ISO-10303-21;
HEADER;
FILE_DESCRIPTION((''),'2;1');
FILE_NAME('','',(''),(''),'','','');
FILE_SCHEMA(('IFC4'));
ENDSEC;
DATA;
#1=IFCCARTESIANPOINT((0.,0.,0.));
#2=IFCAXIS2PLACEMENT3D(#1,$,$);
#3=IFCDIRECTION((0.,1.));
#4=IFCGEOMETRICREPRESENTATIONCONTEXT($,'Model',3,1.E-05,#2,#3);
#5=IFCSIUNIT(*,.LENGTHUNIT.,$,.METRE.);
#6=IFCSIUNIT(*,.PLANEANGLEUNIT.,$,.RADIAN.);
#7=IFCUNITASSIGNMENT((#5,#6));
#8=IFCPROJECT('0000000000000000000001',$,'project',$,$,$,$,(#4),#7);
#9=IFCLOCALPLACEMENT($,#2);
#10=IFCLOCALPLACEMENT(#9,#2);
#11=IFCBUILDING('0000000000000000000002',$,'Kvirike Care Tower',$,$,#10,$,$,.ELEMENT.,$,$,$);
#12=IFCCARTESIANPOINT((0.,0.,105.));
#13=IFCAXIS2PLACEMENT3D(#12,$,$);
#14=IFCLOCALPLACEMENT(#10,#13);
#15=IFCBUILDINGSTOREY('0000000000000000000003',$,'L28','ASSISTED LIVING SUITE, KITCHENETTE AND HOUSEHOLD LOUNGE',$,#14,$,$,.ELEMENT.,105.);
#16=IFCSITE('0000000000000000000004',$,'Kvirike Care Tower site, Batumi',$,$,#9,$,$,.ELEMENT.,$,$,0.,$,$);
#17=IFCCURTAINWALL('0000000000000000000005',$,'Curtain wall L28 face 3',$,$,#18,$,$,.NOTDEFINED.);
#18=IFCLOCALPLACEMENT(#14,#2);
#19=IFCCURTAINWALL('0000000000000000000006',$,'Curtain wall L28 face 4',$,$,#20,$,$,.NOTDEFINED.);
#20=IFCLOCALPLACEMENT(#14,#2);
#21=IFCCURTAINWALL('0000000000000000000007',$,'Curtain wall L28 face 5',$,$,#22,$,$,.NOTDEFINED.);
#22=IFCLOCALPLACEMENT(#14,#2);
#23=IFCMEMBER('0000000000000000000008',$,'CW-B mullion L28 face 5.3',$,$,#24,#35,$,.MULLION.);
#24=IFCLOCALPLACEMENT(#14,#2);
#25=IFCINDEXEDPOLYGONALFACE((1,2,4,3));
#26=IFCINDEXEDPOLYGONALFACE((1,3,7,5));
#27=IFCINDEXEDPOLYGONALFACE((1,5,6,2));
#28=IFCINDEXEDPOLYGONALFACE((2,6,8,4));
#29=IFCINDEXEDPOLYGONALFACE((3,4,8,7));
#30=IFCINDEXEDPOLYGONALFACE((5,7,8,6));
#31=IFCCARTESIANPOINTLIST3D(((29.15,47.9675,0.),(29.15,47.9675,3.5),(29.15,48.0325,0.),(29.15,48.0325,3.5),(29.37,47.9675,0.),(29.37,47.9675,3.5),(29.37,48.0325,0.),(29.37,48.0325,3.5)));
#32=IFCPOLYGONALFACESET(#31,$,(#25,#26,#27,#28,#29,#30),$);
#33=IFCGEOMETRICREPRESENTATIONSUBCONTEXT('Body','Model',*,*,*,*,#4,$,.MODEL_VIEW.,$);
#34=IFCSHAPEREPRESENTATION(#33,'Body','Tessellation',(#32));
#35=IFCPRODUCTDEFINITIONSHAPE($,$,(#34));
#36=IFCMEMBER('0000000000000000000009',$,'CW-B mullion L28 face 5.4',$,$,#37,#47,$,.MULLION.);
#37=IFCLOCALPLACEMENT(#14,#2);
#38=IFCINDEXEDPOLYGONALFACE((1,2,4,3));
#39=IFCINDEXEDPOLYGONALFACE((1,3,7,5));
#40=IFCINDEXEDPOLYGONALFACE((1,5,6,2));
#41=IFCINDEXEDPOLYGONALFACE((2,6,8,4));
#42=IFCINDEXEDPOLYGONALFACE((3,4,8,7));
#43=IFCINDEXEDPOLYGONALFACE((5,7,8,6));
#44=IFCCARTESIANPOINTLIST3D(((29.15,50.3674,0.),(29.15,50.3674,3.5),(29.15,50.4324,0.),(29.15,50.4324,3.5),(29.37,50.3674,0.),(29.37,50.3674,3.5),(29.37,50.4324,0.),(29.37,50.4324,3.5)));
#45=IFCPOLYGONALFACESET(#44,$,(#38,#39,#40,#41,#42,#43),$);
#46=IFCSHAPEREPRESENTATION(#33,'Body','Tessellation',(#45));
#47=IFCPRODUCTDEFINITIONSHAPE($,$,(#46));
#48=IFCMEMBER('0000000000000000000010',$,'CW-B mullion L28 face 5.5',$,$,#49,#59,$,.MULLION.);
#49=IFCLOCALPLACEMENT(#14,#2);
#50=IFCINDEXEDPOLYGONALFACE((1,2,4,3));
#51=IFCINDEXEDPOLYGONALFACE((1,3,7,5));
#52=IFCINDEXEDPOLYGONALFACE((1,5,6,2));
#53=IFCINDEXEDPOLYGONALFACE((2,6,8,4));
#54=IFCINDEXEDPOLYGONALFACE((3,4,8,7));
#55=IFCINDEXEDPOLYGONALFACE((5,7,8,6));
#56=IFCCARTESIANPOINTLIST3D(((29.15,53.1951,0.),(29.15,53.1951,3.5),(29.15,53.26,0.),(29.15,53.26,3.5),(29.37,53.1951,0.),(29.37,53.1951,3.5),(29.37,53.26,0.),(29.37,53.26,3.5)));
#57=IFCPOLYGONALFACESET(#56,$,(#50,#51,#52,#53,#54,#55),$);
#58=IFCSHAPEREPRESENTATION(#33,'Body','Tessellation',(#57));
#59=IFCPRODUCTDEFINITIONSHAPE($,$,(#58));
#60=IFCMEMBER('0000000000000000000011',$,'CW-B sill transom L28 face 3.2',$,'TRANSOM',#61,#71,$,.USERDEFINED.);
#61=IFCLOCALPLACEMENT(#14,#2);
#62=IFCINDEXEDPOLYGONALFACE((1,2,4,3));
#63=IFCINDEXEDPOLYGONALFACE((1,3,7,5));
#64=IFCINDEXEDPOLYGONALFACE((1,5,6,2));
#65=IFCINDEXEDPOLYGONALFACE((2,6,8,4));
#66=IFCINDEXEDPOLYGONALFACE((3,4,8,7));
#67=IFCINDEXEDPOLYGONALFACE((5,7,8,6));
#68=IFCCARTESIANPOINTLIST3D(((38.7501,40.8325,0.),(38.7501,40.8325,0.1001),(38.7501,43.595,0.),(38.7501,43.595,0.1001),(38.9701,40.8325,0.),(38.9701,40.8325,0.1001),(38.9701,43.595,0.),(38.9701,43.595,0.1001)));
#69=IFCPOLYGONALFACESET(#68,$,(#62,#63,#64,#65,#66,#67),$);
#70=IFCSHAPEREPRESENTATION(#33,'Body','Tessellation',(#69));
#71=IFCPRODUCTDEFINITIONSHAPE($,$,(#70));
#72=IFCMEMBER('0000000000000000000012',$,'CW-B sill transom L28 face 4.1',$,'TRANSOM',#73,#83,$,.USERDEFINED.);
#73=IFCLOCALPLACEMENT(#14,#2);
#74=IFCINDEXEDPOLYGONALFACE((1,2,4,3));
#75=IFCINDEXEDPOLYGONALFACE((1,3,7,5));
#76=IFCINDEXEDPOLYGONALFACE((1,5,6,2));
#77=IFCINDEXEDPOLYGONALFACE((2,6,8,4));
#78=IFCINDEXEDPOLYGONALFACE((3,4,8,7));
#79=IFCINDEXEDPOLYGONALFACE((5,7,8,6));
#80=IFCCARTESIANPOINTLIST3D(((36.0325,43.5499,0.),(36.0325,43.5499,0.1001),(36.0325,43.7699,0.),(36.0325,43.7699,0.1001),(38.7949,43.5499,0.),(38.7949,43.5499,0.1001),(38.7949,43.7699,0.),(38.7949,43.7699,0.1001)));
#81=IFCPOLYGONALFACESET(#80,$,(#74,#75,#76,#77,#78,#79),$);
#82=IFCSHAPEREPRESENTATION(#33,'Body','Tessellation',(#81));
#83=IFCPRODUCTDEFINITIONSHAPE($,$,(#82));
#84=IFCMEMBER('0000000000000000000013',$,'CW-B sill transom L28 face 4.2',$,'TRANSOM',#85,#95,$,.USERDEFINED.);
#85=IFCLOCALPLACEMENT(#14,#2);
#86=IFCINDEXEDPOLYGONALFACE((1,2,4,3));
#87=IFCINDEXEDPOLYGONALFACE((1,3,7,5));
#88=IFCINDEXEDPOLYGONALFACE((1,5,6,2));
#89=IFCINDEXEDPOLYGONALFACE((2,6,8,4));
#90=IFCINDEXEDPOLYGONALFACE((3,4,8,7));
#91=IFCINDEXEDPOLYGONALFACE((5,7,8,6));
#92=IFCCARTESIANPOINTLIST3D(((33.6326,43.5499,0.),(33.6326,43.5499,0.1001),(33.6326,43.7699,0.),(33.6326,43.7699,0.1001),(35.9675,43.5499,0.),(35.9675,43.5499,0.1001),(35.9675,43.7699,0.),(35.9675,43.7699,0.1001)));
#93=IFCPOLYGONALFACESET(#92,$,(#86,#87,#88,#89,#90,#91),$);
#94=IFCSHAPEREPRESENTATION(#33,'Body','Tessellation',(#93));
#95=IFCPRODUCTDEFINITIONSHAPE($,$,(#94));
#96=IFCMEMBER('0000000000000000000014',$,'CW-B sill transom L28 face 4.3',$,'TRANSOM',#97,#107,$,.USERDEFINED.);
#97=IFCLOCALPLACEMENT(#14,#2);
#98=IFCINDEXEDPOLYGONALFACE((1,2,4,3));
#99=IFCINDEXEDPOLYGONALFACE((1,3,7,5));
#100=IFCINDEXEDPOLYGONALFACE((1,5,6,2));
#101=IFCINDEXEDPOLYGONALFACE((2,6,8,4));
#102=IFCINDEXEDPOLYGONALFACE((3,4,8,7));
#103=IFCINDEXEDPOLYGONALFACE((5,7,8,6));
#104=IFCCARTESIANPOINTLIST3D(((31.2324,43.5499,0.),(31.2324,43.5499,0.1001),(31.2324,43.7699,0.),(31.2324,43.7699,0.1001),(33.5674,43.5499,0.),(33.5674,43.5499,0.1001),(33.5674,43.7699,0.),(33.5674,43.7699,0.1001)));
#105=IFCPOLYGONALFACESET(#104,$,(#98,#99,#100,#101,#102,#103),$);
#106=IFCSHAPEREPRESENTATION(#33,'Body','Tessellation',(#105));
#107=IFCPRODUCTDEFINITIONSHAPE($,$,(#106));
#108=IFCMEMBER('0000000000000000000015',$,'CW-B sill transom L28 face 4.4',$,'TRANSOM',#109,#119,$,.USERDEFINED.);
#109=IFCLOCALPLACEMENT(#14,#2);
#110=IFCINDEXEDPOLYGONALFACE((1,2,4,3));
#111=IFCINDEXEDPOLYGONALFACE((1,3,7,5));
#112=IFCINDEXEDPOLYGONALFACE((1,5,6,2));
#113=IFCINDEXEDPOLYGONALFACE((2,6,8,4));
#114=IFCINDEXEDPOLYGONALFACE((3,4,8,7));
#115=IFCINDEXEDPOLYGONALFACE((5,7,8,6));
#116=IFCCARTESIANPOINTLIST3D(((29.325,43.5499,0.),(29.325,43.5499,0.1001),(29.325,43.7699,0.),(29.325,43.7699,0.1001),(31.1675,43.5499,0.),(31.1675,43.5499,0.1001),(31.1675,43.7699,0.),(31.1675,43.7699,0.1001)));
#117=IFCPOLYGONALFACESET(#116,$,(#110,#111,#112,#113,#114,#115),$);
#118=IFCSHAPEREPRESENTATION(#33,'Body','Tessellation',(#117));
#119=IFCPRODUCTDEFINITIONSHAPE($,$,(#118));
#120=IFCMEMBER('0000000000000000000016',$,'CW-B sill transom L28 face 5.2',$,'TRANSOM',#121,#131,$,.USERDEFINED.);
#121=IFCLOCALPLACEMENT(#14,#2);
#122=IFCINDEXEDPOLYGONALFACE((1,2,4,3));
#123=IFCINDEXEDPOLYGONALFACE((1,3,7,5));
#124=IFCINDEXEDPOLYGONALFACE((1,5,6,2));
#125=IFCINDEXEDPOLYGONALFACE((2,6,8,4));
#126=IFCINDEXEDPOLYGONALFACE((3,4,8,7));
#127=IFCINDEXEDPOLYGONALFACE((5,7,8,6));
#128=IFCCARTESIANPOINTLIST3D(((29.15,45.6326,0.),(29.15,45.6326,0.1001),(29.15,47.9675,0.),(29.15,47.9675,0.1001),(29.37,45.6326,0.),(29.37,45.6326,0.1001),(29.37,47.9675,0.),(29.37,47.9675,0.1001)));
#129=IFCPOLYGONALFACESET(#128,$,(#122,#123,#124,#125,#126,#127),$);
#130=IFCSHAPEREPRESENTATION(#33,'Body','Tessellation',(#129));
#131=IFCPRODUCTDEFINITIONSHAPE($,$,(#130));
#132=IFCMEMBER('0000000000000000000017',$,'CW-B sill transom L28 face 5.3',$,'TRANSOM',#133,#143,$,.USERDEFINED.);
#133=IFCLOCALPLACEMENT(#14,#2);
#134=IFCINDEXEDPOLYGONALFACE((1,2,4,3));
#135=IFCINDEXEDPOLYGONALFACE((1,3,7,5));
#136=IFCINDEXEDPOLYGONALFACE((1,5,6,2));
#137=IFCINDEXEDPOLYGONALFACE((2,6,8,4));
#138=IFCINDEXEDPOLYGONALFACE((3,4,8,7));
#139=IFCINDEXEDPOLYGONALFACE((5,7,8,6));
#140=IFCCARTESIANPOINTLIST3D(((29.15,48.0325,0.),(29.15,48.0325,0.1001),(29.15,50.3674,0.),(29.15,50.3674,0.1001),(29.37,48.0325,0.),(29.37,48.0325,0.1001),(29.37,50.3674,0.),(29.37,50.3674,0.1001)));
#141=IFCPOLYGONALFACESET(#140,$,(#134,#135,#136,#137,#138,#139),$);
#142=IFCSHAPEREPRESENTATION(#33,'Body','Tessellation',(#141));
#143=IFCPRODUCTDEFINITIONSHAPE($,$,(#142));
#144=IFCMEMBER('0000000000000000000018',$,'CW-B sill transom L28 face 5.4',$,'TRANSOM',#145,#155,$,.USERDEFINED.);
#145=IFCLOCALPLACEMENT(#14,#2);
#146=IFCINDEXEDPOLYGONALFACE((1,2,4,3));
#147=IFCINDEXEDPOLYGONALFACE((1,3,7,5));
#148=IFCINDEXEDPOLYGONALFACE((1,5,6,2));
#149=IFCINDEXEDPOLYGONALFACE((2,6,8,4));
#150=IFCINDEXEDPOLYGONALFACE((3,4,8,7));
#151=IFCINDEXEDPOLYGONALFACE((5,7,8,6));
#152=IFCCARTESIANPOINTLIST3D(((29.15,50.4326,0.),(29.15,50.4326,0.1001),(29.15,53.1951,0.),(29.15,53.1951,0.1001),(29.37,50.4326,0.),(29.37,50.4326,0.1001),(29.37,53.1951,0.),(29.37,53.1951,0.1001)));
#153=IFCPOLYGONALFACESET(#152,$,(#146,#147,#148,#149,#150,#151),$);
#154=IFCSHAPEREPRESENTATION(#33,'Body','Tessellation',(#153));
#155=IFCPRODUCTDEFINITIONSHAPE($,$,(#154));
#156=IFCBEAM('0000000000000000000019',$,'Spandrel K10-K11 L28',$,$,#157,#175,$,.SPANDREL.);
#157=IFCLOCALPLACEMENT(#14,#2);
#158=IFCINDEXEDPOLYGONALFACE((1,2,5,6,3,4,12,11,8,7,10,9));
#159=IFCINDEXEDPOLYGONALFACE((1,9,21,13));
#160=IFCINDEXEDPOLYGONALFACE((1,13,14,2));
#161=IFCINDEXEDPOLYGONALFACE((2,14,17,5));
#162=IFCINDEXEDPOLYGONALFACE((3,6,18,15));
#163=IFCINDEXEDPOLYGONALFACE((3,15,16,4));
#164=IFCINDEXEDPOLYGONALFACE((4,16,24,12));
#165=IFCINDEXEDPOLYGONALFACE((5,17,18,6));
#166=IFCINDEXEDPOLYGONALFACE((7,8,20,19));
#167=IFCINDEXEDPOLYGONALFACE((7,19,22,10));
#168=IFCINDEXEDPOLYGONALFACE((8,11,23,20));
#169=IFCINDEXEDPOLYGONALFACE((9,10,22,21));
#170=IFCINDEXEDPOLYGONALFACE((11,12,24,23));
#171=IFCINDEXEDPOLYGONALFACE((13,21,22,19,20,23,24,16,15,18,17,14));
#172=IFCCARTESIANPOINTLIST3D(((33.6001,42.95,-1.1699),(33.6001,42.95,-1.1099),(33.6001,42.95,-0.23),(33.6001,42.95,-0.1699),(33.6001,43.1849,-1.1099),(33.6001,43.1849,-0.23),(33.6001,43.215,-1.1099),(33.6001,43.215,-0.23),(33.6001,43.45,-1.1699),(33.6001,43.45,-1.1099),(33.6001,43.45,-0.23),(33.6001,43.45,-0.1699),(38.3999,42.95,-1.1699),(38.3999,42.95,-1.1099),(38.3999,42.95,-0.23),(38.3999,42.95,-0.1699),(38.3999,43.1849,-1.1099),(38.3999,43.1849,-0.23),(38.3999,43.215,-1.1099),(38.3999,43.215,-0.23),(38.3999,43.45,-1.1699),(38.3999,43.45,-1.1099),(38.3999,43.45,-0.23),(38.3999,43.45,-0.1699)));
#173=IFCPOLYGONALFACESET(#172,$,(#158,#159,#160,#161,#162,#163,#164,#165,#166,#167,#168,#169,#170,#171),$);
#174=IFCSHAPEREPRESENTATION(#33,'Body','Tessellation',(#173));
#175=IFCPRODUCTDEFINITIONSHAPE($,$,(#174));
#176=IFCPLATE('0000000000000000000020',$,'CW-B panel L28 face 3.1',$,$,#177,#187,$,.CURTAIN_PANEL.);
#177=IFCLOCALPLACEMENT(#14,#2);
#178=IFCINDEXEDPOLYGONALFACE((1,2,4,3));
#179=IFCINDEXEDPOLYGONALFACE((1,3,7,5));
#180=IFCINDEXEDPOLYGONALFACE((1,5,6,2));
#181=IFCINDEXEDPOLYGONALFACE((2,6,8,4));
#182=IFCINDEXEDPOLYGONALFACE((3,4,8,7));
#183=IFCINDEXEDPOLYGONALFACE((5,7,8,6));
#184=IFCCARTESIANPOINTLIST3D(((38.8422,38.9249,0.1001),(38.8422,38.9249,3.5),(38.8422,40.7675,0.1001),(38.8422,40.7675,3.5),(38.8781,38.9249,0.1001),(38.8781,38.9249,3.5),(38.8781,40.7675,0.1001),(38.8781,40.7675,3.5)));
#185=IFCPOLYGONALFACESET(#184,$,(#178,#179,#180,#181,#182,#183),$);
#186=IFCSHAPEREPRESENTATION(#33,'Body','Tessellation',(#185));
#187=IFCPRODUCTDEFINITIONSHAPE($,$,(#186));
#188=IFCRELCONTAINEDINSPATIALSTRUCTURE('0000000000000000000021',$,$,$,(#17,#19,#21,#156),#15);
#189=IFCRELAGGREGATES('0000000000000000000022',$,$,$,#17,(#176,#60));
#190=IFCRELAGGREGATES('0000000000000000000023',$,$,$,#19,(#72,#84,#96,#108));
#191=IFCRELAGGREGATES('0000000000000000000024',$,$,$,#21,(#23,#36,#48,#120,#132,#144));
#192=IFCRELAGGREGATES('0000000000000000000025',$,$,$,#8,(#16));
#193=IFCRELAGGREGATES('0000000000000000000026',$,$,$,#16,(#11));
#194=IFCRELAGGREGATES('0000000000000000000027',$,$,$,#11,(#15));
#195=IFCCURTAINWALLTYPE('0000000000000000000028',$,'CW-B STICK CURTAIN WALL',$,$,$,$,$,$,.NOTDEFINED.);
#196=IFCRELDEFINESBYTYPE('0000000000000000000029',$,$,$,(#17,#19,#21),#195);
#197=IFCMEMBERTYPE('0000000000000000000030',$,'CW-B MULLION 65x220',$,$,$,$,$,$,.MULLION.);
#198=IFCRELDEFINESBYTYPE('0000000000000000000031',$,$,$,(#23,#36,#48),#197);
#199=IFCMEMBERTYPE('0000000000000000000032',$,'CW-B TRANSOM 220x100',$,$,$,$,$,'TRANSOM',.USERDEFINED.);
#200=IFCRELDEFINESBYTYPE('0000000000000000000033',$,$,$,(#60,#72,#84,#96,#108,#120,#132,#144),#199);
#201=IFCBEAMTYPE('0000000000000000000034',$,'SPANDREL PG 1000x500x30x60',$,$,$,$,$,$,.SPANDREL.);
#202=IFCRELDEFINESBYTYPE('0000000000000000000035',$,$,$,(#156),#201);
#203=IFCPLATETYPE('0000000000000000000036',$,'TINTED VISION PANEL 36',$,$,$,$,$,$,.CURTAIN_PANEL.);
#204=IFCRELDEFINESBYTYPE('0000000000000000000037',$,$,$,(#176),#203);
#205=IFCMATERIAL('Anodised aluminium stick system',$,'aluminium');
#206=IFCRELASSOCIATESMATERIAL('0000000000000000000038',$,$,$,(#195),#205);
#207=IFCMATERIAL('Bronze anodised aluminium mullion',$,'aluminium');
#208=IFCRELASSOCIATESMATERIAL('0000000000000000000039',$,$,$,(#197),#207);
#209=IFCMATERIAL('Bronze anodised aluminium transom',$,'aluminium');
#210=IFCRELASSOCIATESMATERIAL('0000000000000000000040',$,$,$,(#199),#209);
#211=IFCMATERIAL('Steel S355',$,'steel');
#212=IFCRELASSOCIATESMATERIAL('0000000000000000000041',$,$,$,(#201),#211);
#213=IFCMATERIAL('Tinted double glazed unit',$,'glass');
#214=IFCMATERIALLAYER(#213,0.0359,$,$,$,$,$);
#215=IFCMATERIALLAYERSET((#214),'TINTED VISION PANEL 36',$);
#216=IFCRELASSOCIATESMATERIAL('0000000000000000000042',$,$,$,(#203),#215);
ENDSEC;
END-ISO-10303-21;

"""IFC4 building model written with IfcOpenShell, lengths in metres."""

from ifc_helpers import new_model, si_unit, direction, frame, origin, origin_2d, place, context, subcontext, project, spatial, rectangle, i_section, extrude, material, layer, layer_set, material_profile, profile_set, type_object, element, aggregate, save


model = new_model("IFC4")

# Units and contexts
model_context = context("Model", 3, precision=1e-05, world=origin(), true_north=direction((0.0, 1.0)))
body_context = subcontext(model_context, "Body", "Model", "MODEL_VIEW")
ifc_project = project(units=[si_unit("LENGTHUNIT", "METRE"), si_unit("PLANEANGLEUNIT", "RADIAN")], contexts=[model_context])

# Site, building, storey
site_placement = place(None, origin())
site = spatial("IfcSite", under=ifc_project, at=site_placement, Name="Kvirike Care Tower site, Batumi", CompositionType="ELEMENT", RefElevation=0.0)
building_placement = place(site_placement, origin())
building = spatial("IfcBuilding", under=site, at=building_placement, Name="Kvirike Care Tower", CompositionType="ELEMENT")
storey_placement = place(building_placement, frame((0.0, 0.0, 105.0)))
storey = spatial("IfcBuildingStorey", under=building, at=storey_placement, Name="L28", Description="ASSISTED LIVING SUITE, KITCHENETTE AND HOUSEHOLD LOUNGE", CompositionType="ELEMENT", Elevation=105.0)

# Curtain walls
ifc_material_1 = material(Name="Anodised aluminium stick system", Category="aluminium")
curtain_wall_type = type_object("IfcCurtainWallType", Name="CW-B STICK CURTAIN WALL", PredefinedType="NOTDEFINED", material=ifc_material_1)
curtain_wall_1_placement = place(storey_placement, origin())
curtain_wall_1 = element("IfcCurtainWall", 1, at=curtain_wall_1_placement, inside=storey, type_object=curtain_wall_type, Name="Curtain wall L28 face 3", PredefinedType="NOTDEFINED")
curtain_wall_2_placement = place(storey_placement, origin())
curtain_wall_2 = element("IfcCurtainWall", 2, at=curtain_wall_2_placement, inside=storey, type_object=curtain_wall_type, Name="Curtain wall L28 face 4", PredefinedType="NOTDEFINED")
curtain_wall_3_placement = place(storey_placement, origin())
curtain_wall_3 = element("IfcCurtainWall", 3, at=curtain_wall_3_placement, inside=storey, type_object=curtain_wall_type, Name="Curtain wall L28 face 5", PredefinedType="NOTDEFINED")

# Members
ifc_material_2 = material(Name="Bronze anodised aluminium mullion", Category="aluminium")
ifc_material_profile_1 = material_profile(ifc_material_2, rectangle(XDim=0.0649, YDim=0.22, at=origin_2d()), Name="CW-B MULLION 65x220")
ifc_profile_set_1 = profile_set([ifc_material_profile_1], Name="Bronze anodised aluminium mullion")
member_type_1 = type_object("IfcMemberType", Name="CW-B MULLION 65x220", PredefinedType="MULLION", material=ifc_profile_set_1)
member_1_placement = place(storey_placement, frame((29.26, 48.0, 0.0), z_axis=(0.0, 0.0, 1.0), x_axis=(0.0, 1.0, 0.0)))
member_1 = element("IfcMember", 4, at=member_1_placement, type_object=member_type_1, Name="CW-B mullion L28 face 5.3", PredefinedType="MULLION", context=body_context, shape_type="SweptSolid", body=[
    extrude(rectangle(XDim=0.0649, YDim=0.22, at=origin_2d()), origin(), (0.0, 0.0, 1.0), 3.5),
])
member_2_placement = place(storey_placement, frame((29.26, 50.3999, 0.0), z_axis=(0.0, 0.0, 1.0), x_axis=(0.0, 1.0, 0.0)))
member_2 = element("IfcMember", 5, at=member_2_placement, type_object=member_type_1, Name="CW-B mullion L28 face 5.4", PredefinedType="MULLION", context=body_context, shape_type="SweptSolid", body=[
    extrude(rectangle(XDim=0.0649, YDim=0.22, at=origin_2d()), origin(), (0.0, 0.0, 1.0), 3.5),
])
member_3_placement = place(storey_placement, frame((29.26, 53.2275, 0.0), z_axis=(0.0, 0.0, 1.0), x_axis=(0.0, 1.0, 0.0)))
member_3 = element("IfcMember", 6, at=member_3_placement, type_object=member_type_1, Name="CW-B mullion L28 face 5.5", PredefinedType="MULLION", context=body_context, shape_type="SweptSolid", body=[
    extrude(rectangle(XDim=0.0649, YDim=0.22, at=origin_2d()), origin(), (0.0, 0.0, 1.0), 3.5),
])
ifc_material_3 = material(Name="Bronze anodised aluminium transom", Category="aluminium")
ifc_material_profile_2 = material_profile(ifc_material_3, rectangle(XDim=0.22, YDim=0.1001, at=origin_2d()), Name="CW-B TRANSOM 220x100")
ifc_profile_set_2 = profile_set([ifc_material_profile_2], Name="Bronze anodised aluminium transom")
member_type_2 = type_object("IfcMemberType", Name="CW-B TRANSOM 220x100", ElementType="TRANSOM", PredefinedType="USERDEFINED", material=ifc_profile_set_2)
member_4_placement = place(storey_placement, frame((38.8601, 40.8325, 0.05), z_axis=(0.0, 1.0, 0.0), x_axis=(-1.0, 0.0, 0.0)))
member_4 = element("IfcMember", 7, at=member_4_placement, type_object=member_type_2, Name="CW-B sill transom L28 face 3.2", ObjectType="TRANSOM", PredefinedType="USERDEFINED", context=body_context, shape_type="SweptSolid", body=[
    extrude(rectangle(XDim=0.22, YDim=0.1001, at=origin_2d()), origin(), (0.0, 0.0, 1.0), 2.7625),
])
member_5_placement = place(storey_placement, frame((38.7949, 43.6599, 0.05), z_axis=(-1.0, 0.0, 0.0), x_axis=(0.0, -1.0, 0.0)))
member_5 = element("IfcMember", 8, at=member_5_placement, type_object=member_type_2, Name="CW-B sill transom L28 face 4.1", ObjectType="TRANSOM", PredefinedType="USERDEFINED", context=body_context, shape_type="SweptSolid", body=[
    extrude(rectangle(XDim=0.22, YDim=0.1001, at=origin_2d()), origin(), (0.0, 0.0, 1.0), 2.7625),
])
member_6_placement = place(storey_placement, frame((35.9675, 43.6599, 0.05), z_axis=(-1.0, 0.0, 0.0), x_axis=(0.0, -1.0, 0.0)))
member_6 = element("IfcMember", 9, at=member_6_placement, type_object=member_type_2, Name="CW-B sill transom L28 face 4.2", ObjectType="TRANSOM", PredefinedType="USERDEFINED", context=body_context, shape_type="SweptSolid", body=[
    extrude(rectangle(XDim=0.22, YDim=0.1001, at=origin_2d()), origin(), (0.0, 0.0, 1.0), 2.335),
])
member_7_placement = place(storey_placement, frame((33.5674, 43.6599, 0.05), z_axis=(-1.0, 0.0, 0.0), x_axis=(0.0, -1.0, 0.0)))
member_7 = element("IfcMember", 10, at=member_7_placement, type_object=member_type_2, Name="CW-B sill transom L28 face 4.3", ObjectType="TRANSOM", PredefinedType="USERDEFINED", context=body_context, shape_type="SweptSolid", body=[
    extrude(rectangle(XDim=0.22, YDim=0.1001, at=origin_2d()), origin(), (0.0, 0.0, 1.0), 2.335),
])
member_8_placement = place(storey_placement, frame((31.1675, 43.6599, 0.05), z_axis=(-1.0, 0.0, 0.0), x_axis=(0.0, -1.0, 0.0)))
member_8 = element("IfcMember", 11, at=member_8_placement, type_object=member_type_2, Name="CW-B sill transom L28 face 4.4", ObjectType="TRANSOM", PredefinedType="USERDEFINED", context=body_context, shape_type="SweptSolid", body=[
    extrude(rectangle(XDim=0.22, YDim=0.1001, at=origin_2d()), origin(), (0.0, 0.0, 1.0), 1.8425),
])
member_9_placement = place(storey_placement, frame((29.26, 45.6326, 0.05), z_axis=(0.0, 1.0, 0.0), x_axis=(-1.0, 0.0, 0.0)))
member_9 = element("IfcMember", 12, at=member_9_placement, type_object=member_type_2, Name="CW-B sill transom L28 face 5.2", ObjectType="TRANSOM", PredefinedType="USERDEFINED", context=body_context, shape_type="SweptSolid", body=[
    extrude(rectangle(XDim=0.22, YDim=0.1001, at=origin_2d()), origin(), (0.0, 0.0, 1.0), 2.335),
])
member_10_placement = place(storey_placement, frame((29.26, 48.0325, 0.05), z_axis=(0.0, 1.0, 0.0), x_axis=(-1.0, 0.0, 0.0)))
member_10 = element("IfcMember", 13, at=member_10_placement, type_object=member_type_2, Name="CW-B sill transom L28 face 5.3", ObjectType="TRANSOM", PredefinedType="USERDEFINED", context=body_context, shape_type="SweptSolid", body=[
    extrude(rectangle(XDim=0.22, YDim=0.1001, at=origin_2d()), origin(), (0.0, 0.0, 1.0), 2.335),
])
member_11_placement = place(storey_placement, frame((29.26, 50.4326, 0.05), z_axis=(0.0, 1.0, 0.0), x_axis=(-1.0, 0.0, 0.0)))
member_11 = element("IfcMember", 14, at=member_11_placement, type_object=member_type_2, Name="CW-B sill transom L28 face 5.4", ObjectType="TRANSOM", PredefinedType="USERDEFINED", context=body_context, shape_type="SweptSolid", body=[
    extrude(rectangle(XDim=0.22, YDim=0.1001, at=origin_2d()), origin(), (0.0, 0.0, 1.0), 2.7625),
])

# Beam
ifc_material_4 = material(Name="Steel S355", Category="steel")
ifc_material_profile_3 = material_profile(ifc_material_4, i_section(OverallWidth=0.5, OverallDepth=1.0, WebThickness=0.03, FlangeThickness=0.0601, at=origin_2d()), Name="PG 1000x500x30x60")
ifc_profile_set_3 = profile_set([ifc_material_profile_3], Name="Steel S355")
beam_type = type_object("IfcBeamType", Name="SPANDREL PG 1000x500x30x60", PredefinedType="SPANDREL", material=ifc_profile_set_3)
beam_placement = place(storey_placement, frame((33.6001, 43.2, -0.6699), z_axis=(1.0, 0.0, 0.0), x_axis=(0.0, 1.0, 0.0)))
element("IfcBeam", 15, at=beam_placement, inside=storey, type_object=beam_type, Name="Spandrel K10-K11 L28", PredefinedType="SPANDREL", context=body_context, shape_type="SweptSolid", body=[
    extrude(i_section(OverallWidth=0.5, OverallDepth=1.0, WebThickness=0.03, FlangeThickness=0.0601, at=origin_2d()), origin(), (0.0, 0.0, 1.0), 4.7998),
])

# Plate
ifc_material_5 = material(Name="Tinted double glazed unit", Category="glass")
ifc_layer_1 = layer(ifc_material_5, 0.0359)
ifc_layer_set_1 = layer_set([ifc_layer_1], Name="TINTED VISION PANEL 36")
plate_type = type_object("IfcPlateType", Name="TINTED VISION PANEL 36", PredefinedType="CURTAIN_PANEL", material=ifc_layer_set_1)
plate_1_placement = place(storey_placement, frame((38.8601, 39.8462, 0.1001), z_axis=(0.0, 0.0, 1.0), x_axis=(0.0, 1.0, 0.0)))
plate_1 = element("IfcPlate", 16, at=plate_1_placement, type_object=plate_type, Name="CW-B panel L28 face 3.1", PredefinedType="CURTAIN_PANEL", context=body_context, shape_type="SweptSolid", body=[
    extrude(rectangle(XDim=1.8425, YDim=0.0359, at=origin_2d()), origin(), (0.0, 0.0, 1.0), 3.3999),
])
aggregate(curtain_wall_1, [plate_1, member_4])
aggregate(curtain_wall_2, [member_5, member_6, member_7, member_8])
aggregate(curtain_wall_3, [member_1, member_2, member_3, member_9, member_10, member_11])

save(model, "model.ifc")
